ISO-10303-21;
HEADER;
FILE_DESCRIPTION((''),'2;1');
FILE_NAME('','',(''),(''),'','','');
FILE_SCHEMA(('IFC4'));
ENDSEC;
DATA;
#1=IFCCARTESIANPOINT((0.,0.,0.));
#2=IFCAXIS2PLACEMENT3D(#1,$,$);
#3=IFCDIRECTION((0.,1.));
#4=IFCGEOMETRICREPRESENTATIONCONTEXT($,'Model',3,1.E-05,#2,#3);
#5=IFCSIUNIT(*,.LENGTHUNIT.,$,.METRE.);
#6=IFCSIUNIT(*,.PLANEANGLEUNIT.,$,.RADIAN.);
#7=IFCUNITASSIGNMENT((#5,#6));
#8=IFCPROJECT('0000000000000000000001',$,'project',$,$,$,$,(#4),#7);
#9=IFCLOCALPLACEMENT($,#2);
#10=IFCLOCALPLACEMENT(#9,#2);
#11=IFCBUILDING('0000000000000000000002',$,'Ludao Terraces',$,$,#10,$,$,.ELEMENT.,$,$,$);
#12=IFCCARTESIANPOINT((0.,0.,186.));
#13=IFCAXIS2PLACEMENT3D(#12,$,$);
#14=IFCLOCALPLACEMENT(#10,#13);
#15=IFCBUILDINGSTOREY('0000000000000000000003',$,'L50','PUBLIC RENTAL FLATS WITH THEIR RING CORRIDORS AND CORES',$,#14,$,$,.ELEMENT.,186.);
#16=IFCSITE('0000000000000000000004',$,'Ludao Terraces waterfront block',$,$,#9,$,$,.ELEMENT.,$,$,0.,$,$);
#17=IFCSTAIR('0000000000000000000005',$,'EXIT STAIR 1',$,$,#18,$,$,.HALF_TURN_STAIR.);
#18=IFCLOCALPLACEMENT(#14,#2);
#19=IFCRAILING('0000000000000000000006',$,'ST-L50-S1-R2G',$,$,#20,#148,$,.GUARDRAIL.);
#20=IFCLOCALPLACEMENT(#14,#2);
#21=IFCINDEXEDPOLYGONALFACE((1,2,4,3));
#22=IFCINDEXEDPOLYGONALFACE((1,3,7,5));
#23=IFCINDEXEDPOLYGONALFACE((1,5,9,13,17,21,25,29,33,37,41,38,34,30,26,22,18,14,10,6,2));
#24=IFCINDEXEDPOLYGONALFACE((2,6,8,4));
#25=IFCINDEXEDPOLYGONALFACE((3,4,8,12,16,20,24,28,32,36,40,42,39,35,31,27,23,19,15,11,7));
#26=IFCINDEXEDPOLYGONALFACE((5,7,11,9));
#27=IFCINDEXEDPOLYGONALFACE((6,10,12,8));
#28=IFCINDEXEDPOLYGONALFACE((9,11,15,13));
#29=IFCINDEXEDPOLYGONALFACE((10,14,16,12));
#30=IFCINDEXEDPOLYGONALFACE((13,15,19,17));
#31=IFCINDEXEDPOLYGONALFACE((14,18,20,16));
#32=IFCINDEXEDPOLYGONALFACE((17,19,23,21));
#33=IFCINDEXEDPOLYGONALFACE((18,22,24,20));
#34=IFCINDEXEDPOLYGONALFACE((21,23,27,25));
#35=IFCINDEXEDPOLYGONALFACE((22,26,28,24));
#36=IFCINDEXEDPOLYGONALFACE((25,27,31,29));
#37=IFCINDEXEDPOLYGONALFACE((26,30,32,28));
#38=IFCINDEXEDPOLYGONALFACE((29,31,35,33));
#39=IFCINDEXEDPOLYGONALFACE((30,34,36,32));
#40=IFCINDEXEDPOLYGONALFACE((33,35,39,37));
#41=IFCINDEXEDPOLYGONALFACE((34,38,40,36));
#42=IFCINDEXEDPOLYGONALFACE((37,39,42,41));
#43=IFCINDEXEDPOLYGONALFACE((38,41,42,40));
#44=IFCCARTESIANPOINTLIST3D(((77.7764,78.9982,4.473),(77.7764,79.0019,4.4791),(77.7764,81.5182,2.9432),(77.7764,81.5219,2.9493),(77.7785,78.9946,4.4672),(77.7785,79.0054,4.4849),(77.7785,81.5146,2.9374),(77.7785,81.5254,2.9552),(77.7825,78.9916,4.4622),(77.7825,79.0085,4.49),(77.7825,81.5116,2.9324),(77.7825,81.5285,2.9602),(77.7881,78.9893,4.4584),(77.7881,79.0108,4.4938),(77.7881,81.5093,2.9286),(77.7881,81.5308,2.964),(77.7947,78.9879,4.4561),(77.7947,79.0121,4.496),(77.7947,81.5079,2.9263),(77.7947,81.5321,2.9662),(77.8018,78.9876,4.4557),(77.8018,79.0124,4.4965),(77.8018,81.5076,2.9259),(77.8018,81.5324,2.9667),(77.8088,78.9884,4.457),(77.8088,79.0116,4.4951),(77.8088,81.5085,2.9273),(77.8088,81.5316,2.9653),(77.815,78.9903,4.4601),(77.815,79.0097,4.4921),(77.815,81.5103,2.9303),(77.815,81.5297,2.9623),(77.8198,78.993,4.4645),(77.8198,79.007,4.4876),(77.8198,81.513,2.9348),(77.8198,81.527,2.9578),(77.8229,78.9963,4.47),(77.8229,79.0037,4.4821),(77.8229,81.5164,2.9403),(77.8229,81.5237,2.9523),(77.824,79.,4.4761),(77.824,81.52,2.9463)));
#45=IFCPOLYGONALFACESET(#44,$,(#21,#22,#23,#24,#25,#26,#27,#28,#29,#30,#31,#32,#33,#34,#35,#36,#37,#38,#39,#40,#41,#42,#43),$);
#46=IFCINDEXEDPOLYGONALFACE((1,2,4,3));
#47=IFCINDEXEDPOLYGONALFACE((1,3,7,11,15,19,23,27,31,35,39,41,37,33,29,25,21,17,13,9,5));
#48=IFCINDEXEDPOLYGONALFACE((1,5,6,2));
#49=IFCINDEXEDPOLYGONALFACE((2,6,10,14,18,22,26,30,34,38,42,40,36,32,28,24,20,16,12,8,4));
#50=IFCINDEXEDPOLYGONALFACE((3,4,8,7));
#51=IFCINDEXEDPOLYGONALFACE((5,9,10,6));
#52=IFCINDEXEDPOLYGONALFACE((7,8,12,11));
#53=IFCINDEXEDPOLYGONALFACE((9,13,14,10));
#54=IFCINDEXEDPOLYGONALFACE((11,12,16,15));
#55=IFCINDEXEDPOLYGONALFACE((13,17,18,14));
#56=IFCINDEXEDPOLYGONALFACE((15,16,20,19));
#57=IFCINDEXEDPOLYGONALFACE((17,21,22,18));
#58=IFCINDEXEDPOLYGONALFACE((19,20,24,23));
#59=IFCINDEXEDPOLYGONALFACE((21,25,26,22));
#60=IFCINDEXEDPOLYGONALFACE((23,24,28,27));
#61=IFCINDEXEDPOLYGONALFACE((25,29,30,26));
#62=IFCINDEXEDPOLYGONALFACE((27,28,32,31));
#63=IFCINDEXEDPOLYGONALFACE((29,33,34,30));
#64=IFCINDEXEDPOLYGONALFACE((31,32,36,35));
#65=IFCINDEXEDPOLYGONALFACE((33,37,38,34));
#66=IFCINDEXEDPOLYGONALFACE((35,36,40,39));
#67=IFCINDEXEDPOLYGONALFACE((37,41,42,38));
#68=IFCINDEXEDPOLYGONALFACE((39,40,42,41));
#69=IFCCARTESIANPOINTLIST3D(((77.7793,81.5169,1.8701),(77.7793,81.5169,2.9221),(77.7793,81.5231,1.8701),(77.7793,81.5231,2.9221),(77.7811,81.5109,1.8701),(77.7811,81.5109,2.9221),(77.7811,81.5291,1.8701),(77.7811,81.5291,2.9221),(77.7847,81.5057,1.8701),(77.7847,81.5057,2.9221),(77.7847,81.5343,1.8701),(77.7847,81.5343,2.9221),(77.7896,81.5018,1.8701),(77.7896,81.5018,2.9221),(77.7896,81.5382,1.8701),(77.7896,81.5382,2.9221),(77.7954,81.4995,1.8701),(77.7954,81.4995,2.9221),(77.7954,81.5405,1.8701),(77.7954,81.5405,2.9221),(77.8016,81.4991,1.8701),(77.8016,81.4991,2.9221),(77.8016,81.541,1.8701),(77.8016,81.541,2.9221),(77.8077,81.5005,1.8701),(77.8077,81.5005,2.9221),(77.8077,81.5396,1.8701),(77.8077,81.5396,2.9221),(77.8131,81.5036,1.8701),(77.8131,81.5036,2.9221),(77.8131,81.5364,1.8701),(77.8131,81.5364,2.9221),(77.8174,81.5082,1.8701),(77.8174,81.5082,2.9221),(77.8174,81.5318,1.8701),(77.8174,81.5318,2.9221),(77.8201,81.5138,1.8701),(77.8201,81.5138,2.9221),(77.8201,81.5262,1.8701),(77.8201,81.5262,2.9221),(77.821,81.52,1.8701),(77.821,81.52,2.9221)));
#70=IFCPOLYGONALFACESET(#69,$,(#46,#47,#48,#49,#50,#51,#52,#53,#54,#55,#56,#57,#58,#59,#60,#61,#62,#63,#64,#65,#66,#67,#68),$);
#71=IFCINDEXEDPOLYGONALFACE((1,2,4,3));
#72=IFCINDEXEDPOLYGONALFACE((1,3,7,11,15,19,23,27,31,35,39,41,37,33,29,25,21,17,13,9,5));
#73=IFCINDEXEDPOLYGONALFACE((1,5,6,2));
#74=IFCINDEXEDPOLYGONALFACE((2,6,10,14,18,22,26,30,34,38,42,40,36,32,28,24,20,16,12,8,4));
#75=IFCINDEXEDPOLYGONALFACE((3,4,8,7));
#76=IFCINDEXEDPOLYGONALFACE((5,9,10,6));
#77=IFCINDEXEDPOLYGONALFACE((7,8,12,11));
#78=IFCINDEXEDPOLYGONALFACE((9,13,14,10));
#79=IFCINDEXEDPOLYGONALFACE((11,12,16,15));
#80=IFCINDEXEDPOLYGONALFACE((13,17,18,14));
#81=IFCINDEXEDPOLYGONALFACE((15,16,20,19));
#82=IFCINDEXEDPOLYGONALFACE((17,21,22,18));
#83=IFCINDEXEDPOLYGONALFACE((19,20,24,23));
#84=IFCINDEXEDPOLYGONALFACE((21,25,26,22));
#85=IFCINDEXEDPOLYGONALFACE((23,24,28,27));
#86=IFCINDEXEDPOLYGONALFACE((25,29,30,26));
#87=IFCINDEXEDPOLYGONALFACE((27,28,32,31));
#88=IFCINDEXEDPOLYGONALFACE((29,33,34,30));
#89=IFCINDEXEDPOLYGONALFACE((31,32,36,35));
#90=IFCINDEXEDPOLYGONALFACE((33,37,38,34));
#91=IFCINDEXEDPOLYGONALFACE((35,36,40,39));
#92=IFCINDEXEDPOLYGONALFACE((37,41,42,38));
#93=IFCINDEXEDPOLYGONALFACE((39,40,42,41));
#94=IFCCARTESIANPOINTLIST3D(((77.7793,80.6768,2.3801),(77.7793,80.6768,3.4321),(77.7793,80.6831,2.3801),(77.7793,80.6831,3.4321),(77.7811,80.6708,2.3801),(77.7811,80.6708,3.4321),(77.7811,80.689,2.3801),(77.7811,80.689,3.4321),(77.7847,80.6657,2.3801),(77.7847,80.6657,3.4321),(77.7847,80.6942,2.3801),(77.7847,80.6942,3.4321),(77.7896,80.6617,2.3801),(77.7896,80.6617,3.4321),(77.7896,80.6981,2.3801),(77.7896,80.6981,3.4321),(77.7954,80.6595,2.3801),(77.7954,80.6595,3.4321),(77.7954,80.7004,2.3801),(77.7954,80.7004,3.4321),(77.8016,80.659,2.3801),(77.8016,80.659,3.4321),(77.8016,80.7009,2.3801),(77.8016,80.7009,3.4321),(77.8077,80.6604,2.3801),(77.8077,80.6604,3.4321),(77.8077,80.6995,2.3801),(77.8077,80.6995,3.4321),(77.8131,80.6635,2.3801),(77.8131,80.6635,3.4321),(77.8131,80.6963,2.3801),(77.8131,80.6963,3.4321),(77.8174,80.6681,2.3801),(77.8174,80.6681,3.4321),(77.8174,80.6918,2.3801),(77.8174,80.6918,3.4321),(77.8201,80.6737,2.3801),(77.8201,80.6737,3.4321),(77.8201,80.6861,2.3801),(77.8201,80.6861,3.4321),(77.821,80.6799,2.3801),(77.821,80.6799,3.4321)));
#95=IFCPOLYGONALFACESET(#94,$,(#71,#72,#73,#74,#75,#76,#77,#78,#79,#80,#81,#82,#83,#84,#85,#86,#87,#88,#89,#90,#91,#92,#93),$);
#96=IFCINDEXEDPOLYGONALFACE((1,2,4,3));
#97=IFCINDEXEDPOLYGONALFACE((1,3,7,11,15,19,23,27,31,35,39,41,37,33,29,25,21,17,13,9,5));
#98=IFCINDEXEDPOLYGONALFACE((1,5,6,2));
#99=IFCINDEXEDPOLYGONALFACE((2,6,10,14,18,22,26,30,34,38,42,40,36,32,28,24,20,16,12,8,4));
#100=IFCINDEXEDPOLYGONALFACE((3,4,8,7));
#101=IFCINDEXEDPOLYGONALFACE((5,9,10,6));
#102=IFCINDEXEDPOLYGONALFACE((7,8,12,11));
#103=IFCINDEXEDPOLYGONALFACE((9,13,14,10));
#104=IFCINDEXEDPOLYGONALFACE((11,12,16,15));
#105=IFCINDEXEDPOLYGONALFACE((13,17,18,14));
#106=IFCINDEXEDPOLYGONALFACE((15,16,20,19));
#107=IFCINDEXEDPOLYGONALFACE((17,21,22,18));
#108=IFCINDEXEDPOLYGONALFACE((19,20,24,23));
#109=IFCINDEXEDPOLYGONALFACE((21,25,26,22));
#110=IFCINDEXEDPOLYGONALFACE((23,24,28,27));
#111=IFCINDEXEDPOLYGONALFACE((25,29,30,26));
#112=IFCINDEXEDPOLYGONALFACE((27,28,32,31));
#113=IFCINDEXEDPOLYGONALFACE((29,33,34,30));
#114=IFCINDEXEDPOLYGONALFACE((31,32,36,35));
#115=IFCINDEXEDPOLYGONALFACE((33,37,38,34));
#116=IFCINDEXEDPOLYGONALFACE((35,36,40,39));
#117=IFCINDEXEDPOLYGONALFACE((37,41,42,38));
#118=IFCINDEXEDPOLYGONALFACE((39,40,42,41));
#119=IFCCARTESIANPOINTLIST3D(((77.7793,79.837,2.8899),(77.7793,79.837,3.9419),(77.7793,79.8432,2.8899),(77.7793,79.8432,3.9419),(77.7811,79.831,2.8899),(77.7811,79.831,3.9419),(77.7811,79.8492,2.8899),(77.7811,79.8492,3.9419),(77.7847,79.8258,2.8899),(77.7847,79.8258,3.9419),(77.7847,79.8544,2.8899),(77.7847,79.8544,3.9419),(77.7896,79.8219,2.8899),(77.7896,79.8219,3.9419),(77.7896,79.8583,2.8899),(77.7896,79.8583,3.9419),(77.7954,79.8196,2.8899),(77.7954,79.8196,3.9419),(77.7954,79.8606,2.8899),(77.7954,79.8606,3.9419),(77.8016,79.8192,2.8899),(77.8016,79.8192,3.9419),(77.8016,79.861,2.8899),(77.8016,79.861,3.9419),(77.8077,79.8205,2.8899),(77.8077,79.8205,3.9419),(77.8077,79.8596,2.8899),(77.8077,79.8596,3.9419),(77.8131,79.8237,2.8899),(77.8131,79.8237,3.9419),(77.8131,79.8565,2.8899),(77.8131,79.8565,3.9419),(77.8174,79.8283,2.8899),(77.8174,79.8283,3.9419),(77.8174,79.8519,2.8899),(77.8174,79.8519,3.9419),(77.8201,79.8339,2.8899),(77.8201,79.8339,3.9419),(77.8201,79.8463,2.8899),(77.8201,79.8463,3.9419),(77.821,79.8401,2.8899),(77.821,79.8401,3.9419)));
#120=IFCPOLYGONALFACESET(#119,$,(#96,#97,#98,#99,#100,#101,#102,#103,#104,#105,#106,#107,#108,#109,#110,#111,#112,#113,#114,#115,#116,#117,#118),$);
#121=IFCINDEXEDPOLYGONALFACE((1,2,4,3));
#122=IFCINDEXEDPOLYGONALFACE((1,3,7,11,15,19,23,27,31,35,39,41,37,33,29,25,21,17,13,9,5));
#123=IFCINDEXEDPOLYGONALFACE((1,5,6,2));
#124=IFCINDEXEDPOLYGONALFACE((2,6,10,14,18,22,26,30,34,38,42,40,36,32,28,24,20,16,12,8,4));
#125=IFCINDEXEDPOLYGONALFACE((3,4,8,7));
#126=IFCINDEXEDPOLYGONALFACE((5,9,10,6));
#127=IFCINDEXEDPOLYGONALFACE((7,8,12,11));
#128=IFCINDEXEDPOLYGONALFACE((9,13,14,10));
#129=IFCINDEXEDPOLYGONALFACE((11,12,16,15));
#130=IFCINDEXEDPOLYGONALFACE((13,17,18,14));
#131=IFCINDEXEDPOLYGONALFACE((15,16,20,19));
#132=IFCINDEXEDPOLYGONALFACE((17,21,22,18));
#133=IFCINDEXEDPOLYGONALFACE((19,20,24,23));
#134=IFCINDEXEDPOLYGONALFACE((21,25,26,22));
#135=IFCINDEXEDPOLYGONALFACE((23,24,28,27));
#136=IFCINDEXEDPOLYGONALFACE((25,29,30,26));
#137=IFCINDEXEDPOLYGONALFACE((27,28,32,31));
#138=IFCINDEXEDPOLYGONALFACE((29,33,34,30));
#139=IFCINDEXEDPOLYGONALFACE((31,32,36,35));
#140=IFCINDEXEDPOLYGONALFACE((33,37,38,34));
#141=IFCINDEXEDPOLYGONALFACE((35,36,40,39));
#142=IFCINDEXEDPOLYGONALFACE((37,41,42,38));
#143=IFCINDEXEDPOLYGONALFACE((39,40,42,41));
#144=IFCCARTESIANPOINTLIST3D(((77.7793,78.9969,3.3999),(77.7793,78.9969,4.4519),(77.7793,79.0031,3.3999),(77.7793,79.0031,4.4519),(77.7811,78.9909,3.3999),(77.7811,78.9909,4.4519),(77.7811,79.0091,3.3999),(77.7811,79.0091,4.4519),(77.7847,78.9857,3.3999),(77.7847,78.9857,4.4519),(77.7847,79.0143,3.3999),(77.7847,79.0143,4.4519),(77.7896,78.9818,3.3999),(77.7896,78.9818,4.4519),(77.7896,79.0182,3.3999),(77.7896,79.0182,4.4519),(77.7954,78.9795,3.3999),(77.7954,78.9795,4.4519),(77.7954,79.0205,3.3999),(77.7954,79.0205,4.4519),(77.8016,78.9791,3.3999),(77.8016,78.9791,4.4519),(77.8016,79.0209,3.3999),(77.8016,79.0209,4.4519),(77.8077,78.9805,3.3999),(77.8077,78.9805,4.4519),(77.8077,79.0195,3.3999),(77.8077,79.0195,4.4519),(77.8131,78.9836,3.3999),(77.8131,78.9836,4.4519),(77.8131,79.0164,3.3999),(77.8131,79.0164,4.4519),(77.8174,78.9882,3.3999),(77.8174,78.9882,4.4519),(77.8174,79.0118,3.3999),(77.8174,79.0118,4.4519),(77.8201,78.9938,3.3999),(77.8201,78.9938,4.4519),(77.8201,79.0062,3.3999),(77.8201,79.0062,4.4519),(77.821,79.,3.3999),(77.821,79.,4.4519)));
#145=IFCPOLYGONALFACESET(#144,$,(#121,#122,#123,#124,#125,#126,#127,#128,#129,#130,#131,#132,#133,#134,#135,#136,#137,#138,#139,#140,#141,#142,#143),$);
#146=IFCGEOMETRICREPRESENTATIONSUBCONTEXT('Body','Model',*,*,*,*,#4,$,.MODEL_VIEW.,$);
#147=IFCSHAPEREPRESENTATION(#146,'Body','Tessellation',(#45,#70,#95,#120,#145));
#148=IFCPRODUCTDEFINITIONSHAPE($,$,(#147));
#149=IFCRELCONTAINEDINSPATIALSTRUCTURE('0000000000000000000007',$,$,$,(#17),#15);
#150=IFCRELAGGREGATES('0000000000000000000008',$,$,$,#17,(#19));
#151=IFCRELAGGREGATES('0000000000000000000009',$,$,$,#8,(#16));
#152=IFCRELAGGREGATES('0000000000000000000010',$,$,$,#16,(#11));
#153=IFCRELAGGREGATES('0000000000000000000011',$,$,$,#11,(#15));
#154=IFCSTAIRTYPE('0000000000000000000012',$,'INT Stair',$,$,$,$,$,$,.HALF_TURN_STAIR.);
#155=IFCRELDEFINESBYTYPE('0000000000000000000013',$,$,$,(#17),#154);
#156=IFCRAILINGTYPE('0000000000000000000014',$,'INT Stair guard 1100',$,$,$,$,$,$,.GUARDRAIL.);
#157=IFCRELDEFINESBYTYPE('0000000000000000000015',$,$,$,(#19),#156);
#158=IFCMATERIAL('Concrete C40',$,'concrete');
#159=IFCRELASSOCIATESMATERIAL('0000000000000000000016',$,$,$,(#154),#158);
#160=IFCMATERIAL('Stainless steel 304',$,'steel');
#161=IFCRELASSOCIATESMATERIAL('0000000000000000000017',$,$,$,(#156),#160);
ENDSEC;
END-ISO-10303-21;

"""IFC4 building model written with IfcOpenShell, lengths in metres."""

from ifc_helpers import new_model, si_unit, direction, frame, origin, origin_2d, place, context, subcontext, project, spatial, circle, extrude, material, type_object, element, aggregate, save


model = new_model("IFC4")

# Units and contexts
model_context = context("Model", 3, precision=1e-05, world=origin(), true_north=direction((0.0, 1.0)))
body_context = subcontext(model_context, "Body", "Model", "MODEL_VIEW")
ifc_project = project(units=[si_unit("LENGTHUNIT", "METRE"), si_unit("PLANEANGLEUNIT", "RADIAN")], contexts=[model_context])

# Site, building, storey
site_placement = place(None, origin())
site = spatial("IfcSite", under=ifc_project, at=site_placement, Name="Ludao Terraces waterfront block", CompositionType="ELEMENT", RefElevation=0.0)
building_placement = place(site_placement, origin())
building = spatial("IfcBuilding", under=site, at=building_placement, Name="Ludao Terraces", CompositionType="ELEMENT")
storey_placement = place(building_placement, frame((0.0, 0.0, 186.0)))
storey = spatial("IfcBuildingStorey", under=building, at=storey_placement, Name="L50", Description="PUBLIC RENTAL FLATS WITH THEIR RING CORRIDORS AND CORES", CompositionType="ELEMENT", Elevation=186.0)

# Shared definitions
ifc_material_1 = material(Name="Concrete C40", Category="concrete")

# Shared definitions
ifc_material_2 = material(Name="Stainless steel 304", Category="steel")

# Stair, railing
stair_type = type_object("IfcStairType", Name="INT Stair", PredefinedType="HALF_TURN_STAIR", material=ifc_material_1)
stair_placement = place(storey_placement, origin())
stair = element("IfcStair", 1, at=stair_placement, inside=storey, type_object=stair_type, Name="EXIT STAIR 1", PredefinedType="HALF_TURN_STAIR")
railing_type_1 = type_object("IfcRailingType", Name="INT Stair guard 1100", PredefinedType="GUARDRAIL", material=ifc_material_2)
railing_1_placement = place(storey_placement, frame((77.8, 81.52, 1.8701)))
railing_1 = element("IfcRailing", 2, at=railing_1_placement, type_object=railing_type_1, Name="ST-L50-S1-R2G", PredefinedType="GUARDRAIL", context=body_context, shape_type="SweptSolid", body=[
    extrude(circle(Radius=0.0239, at=origin_2d()), frame((0.0, 0.0, 1.0762), z_axis=(0.0, -0.854822, 0.518922), x_axis=(1.0, 0.0, 0.0)), (0.0, 0.0, 1.0), 2.948),
    extrude(circle(Radius=0.021, at=origin_2d()), origin(), (0.0, 0.0, 1.0), 1.052),
    extrude(circle(Radius=0.021, at=origin_2d()), frame((0.0, -0.8401, 0.51)), (0.0, 0.0, 1.0), 1.052),
    extrude(circle(Radius=0.021, at=origin_2d()), frame((0.0, -1.6799, 1.0198)), (0.0, 0.0, 1.0), 1.052),
    extrude(circle(Radius=0.021, at=origin_2d()), frame((0.0, -2.52, 1.5298)), (0.0, 0.0, 1.0), 1.052),
])
aggregate(stair, [railing_1])

save(model, "model.ifc")
